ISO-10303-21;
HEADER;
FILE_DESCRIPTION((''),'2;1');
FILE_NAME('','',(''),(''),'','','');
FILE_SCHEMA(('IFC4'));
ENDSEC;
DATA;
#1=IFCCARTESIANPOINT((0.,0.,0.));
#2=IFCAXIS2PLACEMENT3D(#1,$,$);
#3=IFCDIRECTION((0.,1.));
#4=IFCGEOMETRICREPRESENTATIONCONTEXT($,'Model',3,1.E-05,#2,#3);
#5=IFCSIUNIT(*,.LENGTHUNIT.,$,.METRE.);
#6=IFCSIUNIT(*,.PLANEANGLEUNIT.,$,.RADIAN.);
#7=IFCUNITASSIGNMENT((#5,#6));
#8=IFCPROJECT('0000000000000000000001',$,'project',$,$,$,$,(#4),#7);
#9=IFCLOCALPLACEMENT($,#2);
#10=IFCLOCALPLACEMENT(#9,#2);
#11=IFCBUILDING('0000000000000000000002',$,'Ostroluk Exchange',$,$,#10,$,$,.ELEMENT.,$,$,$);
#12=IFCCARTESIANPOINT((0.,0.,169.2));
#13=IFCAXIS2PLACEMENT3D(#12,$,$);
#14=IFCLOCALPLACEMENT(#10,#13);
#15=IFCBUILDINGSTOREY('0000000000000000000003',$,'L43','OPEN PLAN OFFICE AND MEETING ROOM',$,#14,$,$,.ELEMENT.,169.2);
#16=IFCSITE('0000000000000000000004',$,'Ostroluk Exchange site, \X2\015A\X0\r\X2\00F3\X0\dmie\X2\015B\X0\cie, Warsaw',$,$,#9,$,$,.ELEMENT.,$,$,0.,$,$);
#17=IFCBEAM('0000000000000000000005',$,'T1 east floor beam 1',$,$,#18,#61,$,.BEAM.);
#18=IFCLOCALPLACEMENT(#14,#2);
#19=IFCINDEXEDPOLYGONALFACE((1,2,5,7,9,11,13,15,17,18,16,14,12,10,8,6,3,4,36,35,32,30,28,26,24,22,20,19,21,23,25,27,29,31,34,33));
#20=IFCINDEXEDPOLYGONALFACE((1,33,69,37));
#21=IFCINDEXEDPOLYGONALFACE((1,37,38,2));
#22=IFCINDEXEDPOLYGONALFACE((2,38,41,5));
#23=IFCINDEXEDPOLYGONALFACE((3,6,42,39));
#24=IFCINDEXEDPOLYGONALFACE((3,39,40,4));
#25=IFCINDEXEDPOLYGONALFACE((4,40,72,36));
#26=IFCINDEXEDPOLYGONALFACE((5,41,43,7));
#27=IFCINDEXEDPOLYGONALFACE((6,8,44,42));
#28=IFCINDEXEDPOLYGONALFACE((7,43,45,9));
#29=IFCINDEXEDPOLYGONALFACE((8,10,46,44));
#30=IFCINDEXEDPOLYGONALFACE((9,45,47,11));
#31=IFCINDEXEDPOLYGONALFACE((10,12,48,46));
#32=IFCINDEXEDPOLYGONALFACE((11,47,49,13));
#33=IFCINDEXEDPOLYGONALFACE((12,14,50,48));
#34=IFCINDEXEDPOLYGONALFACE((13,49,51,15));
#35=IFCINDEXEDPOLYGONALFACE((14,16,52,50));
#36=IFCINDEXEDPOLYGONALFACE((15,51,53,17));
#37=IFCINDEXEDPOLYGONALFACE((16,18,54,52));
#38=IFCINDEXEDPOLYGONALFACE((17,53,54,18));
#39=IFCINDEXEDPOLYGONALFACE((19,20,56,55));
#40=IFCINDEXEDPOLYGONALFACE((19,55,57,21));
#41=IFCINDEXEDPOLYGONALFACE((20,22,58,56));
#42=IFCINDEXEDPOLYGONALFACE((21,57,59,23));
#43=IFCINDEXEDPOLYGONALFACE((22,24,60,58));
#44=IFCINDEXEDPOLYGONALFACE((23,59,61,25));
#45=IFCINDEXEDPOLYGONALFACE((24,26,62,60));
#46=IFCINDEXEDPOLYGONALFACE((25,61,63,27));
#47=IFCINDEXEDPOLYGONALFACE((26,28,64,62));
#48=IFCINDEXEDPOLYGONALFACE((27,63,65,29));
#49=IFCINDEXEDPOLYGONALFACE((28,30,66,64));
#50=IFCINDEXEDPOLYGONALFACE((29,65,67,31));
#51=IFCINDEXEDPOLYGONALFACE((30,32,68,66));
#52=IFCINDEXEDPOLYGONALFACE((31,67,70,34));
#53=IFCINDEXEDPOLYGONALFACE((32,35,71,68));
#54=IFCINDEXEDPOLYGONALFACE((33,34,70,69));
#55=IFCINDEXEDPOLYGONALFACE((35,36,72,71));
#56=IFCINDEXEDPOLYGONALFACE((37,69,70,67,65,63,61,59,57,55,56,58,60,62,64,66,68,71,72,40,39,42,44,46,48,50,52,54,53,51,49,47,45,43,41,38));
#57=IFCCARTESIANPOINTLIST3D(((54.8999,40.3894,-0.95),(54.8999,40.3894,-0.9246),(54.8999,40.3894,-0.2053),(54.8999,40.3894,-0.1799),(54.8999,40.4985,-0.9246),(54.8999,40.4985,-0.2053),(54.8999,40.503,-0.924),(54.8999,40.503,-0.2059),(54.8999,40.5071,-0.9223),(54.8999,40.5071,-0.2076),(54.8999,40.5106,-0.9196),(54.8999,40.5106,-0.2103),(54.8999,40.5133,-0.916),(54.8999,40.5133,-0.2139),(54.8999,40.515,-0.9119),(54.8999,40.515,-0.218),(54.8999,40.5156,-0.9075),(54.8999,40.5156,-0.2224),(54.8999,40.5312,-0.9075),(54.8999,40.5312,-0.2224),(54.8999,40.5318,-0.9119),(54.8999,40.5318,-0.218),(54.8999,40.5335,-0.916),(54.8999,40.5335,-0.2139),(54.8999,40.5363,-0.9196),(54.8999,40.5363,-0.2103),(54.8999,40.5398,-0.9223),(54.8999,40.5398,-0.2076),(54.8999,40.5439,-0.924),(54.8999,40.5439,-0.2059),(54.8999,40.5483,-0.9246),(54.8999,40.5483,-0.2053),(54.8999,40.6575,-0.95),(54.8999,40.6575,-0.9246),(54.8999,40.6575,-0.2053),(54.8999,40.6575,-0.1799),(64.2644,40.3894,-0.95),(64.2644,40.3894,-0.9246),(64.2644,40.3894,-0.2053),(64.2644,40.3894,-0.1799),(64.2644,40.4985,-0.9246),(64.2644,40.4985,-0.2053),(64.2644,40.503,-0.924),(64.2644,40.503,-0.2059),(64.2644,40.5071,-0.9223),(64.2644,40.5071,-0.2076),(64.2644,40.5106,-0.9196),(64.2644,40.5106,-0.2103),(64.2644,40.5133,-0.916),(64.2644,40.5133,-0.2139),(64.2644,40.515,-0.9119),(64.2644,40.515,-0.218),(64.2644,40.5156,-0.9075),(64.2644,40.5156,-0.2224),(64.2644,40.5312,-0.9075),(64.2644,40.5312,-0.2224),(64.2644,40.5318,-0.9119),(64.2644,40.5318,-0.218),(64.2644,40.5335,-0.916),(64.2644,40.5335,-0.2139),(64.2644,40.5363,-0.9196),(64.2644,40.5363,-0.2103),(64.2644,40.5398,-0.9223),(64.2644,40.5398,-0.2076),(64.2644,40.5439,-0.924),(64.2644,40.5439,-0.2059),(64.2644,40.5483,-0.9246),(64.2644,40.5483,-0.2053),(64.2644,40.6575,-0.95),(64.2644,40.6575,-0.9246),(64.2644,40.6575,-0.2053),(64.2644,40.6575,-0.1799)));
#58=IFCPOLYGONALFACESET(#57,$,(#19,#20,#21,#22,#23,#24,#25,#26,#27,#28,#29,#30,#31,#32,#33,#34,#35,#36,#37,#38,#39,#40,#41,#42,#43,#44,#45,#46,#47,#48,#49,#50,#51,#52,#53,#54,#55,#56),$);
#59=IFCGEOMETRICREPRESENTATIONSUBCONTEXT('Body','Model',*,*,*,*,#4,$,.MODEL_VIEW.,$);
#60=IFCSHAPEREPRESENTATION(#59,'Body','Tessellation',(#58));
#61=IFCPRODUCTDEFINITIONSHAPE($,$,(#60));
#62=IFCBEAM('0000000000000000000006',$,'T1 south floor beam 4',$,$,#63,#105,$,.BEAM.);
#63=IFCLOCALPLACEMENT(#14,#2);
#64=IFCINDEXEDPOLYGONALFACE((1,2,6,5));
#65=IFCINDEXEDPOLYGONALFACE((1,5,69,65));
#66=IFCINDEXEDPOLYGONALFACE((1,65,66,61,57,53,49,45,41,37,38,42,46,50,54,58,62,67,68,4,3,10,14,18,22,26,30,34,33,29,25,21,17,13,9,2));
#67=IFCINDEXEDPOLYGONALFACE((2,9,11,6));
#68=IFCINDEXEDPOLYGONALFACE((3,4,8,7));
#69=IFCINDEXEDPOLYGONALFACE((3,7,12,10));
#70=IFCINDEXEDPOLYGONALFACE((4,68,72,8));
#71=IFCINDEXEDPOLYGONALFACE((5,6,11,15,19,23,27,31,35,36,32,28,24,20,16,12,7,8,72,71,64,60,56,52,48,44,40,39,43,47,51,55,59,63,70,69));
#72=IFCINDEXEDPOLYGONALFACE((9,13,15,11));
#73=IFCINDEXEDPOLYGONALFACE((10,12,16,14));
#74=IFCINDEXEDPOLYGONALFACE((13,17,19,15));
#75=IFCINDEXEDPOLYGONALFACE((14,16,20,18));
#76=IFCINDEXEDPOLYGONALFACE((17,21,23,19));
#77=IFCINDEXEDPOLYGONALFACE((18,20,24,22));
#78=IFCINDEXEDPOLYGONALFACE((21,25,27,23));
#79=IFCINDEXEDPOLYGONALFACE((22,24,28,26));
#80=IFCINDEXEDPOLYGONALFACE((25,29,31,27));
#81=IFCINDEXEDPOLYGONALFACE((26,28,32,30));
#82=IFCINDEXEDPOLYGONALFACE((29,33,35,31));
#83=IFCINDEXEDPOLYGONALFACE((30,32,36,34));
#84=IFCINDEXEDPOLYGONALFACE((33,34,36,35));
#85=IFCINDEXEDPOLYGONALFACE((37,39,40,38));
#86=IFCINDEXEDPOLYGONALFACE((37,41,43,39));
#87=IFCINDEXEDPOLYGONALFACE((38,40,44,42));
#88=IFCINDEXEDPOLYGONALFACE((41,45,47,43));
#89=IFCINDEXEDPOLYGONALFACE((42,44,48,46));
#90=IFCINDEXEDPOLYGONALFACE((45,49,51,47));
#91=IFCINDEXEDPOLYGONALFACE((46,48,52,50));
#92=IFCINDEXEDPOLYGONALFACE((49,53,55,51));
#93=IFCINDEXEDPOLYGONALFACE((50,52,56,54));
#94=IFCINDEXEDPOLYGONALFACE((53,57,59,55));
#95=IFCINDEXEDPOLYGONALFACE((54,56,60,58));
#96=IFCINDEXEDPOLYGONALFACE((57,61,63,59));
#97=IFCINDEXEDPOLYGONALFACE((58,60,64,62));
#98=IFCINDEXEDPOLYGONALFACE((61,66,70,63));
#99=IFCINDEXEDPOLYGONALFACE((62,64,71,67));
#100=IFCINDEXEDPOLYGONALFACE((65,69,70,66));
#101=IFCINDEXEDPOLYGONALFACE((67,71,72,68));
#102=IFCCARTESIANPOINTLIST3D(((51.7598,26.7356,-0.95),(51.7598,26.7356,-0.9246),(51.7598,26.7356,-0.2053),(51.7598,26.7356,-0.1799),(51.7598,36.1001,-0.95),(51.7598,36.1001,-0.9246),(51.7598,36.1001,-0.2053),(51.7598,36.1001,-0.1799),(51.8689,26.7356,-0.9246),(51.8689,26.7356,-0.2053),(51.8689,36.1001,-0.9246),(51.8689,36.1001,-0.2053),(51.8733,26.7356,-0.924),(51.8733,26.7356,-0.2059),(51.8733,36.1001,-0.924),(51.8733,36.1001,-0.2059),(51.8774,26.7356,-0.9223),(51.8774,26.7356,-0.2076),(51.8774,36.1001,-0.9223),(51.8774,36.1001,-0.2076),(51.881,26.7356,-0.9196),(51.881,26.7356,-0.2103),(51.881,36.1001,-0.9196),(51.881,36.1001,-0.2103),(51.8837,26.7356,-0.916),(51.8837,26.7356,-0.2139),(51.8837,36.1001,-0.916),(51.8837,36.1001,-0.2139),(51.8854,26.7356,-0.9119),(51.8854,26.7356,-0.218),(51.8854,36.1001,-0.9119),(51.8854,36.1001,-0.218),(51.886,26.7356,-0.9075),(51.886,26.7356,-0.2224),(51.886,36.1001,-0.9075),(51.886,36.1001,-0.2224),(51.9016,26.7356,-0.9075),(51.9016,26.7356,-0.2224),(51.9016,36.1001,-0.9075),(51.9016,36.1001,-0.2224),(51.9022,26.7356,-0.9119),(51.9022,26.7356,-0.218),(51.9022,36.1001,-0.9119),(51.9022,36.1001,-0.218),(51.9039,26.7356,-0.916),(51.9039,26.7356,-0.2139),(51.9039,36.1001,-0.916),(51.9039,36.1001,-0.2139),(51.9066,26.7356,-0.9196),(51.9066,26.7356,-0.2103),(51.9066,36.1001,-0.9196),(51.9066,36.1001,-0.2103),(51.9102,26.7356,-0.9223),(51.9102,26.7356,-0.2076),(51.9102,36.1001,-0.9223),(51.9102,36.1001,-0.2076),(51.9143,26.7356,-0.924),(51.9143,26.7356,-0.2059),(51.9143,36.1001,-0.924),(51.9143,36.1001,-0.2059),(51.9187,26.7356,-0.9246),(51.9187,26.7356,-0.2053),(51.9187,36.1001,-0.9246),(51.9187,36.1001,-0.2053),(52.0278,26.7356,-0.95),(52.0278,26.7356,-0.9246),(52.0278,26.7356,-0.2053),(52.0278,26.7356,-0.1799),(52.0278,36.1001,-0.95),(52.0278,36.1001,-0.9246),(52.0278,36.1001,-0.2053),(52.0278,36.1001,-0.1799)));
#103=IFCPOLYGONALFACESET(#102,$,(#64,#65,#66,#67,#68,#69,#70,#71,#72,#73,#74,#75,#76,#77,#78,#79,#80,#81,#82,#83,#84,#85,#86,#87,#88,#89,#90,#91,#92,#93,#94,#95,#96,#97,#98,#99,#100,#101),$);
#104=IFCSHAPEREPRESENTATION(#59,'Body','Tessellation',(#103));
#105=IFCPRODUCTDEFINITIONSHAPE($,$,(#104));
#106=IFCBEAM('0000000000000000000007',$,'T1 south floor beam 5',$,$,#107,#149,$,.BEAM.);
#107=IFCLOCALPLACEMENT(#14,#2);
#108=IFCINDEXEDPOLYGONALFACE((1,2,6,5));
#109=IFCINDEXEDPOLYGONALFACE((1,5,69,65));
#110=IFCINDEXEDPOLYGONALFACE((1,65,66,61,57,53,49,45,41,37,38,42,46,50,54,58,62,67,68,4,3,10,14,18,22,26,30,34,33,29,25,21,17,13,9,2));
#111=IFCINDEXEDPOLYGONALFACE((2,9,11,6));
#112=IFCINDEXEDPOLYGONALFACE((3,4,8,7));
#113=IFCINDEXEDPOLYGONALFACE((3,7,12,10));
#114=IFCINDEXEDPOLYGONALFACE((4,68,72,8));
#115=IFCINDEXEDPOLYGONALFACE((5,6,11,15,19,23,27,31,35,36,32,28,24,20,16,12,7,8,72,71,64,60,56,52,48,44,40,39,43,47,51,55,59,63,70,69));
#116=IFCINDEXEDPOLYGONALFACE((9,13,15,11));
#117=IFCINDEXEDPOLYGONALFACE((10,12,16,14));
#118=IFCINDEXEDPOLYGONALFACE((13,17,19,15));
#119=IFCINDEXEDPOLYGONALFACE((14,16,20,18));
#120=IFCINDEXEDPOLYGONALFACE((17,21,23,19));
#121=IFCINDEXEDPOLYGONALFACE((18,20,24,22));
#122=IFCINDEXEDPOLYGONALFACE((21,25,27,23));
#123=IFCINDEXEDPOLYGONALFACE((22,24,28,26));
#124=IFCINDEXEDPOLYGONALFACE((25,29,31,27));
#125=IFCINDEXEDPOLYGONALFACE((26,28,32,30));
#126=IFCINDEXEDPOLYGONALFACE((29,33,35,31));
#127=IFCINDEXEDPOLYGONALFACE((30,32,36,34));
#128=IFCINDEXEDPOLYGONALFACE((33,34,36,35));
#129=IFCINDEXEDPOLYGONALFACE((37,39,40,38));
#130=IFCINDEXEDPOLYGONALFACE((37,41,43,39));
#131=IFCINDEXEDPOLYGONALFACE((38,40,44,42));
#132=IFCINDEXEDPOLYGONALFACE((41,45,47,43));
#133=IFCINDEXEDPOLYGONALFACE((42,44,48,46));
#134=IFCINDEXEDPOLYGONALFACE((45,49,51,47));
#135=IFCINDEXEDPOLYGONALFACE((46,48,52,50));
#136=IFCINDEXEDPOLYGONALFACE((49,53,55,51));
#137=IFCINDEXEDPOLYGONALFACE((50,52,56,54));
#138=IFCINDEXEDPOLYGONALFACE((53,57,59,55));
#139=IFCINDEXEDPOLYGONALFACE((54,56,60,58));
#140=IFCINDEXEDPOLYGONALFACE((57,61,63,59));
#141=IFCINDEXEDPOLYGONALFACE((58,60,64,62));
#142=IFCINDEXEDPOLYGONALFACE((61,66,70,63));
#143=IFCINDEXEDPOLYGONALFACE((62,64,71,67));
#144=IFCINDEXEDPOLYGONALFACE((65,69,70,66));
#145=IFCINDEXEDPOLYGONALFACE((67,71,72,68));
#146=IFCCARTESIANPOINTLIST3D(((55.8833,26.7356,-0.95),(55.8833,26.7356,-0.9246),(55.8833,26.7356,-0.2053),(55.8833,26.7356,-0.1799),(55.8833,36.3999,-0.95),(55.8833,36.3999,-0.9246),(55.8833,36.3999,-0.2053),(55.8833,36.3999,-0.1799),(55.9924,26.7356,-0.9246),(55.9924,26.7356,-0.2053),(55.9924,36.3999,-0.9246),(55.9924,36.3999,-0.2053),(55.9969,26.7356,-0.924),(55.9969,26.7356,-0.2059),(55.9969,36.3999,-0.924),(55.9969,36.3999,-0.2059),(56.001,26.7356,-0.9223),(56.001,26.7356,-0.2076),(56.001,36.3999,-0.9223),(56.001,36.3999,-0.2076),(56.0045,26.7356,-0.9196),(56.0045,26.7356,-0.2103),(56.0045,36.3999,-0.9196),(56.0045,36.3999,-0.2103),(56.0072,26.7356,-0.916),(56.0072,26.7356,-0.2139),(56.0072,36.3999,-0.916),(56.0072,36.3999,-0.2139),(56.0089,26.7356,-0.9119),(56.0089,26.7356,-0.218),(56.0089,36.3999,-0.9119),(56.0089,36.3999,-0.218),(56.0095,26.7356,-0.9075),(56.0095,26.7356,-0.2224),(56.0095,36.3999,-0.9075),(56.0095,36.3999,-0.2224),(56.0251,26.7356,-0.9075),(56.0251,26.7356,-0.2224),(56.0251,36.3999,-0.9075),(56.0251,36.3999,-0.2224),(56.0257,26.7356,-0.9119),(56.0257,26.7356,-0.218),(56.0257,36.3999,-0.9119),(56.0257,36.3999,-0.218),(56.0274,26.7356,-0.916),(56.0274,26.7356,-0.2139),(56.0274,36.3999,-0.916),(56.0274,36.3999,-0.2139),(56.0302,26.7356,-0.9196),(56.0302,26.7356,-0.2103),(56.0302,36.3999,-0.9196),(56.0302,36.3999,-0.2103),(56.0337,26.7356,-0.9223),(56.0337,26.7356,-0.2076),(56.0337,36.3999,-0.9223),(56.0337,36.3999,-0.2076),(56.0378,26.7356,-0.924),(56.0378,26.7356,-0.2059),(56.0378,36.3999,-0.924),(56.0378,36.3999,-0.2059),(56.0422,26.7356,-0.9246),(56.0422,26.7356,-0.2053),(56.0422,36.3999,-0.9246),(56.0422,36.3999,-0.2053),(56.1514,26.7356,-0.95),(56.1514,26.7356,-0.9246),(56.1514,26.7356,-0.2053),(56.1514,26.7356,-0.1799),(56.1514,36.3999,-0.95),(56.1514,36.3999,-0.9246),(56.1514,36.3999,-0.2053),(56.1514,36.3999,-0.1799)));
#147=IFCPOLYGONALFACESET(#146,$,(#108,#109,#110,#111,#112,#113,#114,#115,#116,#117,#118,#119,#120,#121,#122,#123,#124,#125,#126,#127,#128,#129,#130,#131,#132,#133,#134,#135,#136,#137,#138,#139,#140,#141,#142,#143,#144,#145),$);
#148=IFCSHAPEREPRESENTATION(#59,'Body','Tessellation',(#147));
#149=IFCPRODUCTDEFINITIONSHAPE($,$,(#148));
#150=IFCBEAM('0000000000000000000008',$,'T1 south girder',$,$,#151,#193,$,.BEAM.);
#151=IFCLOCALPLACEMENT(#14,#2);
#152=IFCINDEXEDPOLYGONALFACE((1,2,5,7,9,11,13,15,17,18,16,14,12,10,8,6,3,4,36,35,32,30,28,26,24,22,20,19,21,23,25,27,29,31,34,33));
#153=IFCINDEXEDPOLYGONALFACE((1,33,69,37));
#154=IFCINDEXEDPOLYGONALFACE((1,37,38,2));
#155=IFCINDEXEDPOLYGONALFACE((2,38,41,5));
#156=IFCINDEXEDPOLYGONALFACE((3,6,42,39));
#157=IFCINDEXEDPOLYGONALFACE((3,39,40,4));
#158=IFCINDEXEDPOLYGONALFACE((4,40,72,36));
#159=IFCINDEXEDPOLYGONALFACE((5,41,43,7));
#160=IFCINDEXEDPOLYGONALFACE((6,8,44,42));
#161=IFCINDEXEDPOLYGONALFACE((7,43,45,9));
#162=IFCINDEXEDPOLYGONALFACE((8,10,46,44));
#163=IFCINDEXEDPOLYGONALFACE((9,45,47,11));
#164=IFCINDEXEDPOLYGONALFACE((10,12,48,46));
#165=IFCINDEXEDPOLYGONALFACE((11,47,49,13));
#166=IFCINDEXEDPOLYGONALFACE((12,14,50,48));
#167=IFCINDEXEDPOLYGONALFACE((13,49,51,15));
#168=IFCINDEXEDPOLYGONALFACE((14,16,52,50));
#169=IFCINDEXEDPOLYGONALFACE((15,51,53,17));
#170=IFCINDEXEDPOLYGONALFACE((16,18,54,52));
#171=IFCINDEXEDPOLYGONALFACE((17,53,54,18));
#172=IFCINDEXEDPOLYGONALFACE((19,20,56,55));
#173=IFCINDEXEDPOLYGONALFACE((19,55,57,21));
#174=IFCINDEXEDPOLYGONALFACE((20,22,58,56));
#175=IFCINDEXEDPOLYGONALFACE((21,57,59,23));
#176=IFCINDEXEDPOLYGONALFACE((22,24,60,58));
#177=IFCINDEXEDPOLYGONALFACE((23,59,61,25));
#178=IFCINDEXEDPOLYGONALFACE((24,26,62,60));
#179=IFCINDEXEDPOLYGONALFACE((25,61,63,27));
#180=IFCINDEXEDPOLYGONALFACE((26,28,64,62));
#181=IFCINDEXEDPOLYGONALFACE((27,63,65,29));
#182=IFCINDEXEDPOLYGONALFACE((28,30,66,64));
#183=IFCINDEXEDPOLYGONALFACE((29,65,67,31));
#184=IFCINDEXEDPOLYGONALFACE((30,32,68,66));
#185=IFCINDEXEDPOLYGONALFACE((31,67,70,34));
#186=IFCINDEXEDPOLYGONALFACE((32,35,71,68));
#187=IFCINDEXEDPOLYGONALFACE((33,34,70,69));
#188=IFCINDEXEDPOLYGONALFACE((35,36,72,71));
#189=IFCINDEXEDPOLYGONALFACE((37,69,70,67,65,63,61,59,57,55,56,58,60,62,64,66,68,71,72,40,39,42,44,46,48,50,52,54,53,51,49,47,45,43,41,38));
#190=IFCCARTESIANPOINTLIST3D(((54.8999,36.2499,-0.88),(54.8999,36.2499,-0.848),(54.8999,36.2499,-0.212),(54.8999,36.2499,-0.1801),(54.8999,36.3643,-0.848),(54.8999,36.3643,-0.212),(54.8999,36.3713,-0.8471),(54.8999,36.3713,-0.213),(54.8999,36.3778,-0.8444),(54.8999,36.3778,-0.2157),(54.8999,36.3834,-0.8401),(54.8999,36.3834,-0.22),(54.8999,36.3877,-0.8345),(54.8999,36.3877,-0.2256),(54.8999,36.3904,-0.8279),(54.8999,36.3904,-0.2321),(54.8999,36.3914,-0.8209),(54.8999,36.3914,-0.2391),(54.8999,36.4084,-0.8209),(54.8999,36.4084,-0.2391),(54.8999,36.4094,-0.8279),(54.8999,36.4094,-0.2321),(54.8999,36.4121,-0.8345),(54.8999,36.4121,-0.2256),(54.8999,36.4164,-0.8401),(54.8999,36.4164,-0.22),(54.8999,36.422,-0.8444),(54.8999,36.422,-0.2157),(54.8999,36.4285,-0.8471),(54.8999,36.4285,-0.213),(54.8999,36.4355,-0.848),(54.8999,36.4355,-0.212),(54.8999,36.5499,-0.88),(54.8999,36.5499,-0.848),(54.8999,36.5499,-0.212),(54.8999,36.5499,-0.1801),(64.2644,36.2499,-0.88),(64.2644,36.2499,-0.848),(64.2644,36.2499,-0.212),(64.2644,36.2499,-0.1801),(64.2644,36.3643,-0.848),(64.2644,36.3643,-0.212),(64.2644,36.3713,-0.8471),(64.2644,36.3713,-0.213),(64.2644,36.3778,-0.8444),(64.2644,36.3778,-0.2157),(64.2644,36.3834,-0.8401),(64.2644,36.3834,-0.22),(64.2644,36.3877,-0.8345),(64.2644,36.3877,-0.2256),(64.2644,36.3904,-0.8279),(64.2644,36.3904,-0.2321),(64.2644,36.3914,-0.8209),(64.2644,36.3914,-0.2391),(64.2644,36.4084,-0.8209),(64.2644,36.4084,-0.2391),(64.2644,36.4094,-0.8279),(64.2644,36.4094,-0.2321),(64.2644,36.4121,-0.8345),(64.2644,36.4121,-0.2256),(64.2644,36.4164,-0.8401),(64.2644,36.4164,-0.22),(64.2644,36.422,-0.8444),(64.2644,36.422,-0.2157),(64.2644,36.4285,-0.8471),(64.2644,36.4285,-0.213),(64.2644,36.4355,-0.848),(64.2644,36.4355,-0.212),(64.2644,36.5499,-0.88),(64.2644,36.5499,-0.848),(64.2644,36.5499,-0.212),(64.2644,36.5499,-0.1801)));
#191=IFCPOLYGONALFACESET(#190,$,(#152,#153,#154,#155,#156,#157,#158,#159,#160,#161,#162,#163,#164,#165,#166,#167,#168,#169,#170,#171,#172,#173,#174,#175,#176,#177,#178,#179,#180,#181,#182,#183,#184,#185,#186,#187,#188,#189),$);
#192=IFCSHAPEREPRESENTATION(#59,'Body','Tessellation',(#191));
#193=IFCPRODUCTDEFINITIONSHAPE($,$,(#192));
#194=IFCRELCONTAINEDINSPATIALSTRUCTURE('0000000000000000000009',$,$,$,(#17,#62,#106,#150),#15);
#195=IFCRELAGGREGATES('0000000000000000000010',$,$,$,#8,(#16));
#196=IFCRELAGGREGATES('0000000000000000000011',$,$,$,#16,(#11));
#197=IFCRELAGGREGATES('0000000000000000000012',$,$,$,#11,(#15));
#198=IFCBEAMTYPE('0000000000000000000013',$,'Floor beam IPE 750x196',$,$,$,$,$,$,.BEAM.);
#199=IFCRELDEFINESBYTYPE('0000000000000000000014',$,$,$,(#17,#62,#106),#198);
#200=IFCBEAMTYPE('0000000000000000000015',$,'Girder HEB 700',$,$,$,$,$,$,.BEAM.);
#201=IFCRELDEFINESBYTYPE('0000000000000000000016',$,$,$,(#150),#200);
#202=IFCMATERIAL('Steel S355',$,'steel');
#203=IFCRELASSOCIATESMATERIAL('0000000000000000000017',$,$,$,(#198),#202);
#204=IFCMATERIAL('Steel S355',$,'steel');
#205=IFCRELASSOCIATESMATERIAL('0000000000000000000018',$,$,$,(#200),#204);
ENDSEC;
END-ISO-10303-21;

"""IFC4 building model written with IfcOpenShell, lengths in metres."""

from ifc_helpers import new_model, si_unit, direction, frame, origin, origin_2d, place, context, subcontext, project, spatial, i_section, extrude, material, material_profile, profile_set, type_object, element, save


model = new_model("IFC4")

# Units and contexts
model_context = context("Model", 3, precision=1e-05, world=origin(), true_north=direction((0.0, 1.0)))
body_context = subcontext(model_context, "Body", "Model", "MODEL_VIEW")
ifc_project = project(units=[si_unit("LENGTHUNIT", "METRE"), si_unit("PLANEANGLEUNIT", "RADIAN")], contexts=[model_context])

# Site, building, storey
site_placement = place(None, origin())
site = spatial("IfcSite", under=ifc_project, at=site_placement, Name="Ostroluk Exchange site, Śródmieście, Warsaw", CompositionType="ELEMENT", RefElevation=0.0)
building_placement = place(site_placement, origin())
building = spatial("IfcBuilding", under=site, at=building_placement, Name="Ostroluk Exchange", CompositionType="ELEMENT")
storey_placement = place(building_placement, frame((0.0, 0.0, 169.2)))
storey = spatial("IfcBuildingStorey", under=building, at=storey_placement, Name="L43", Description="OPEN PLAN OFFICE AND MEETING ROOM", CompositionType="ELEMENT", Elevation=169.2)

# Beams
ifc_material_1 = material(Name="Steel S355", Category="steel")
ifc_material_profile_1 = material_profile(ifc_material_1, i_section(OverallWidth=0.2681, OverallDepth=0.77, WebThickness=0.0156, FlangeThickness=0.0254, FilletRadius=0.0171, at=origin_2d()), Name="IPE 750x196")
ifc_profile_set_1 = profile_set([ifc_material_profile_1], Name="Steel S355")
beam_type_1 = type_object("IfcBeamType", Name="Floor beam IPE 750x196", PredefinedType="BEAM", material=ifc_profile_set_1)
for number, where, z_axis, x_axis, name in (
    (1, (54.8999, 40.5234, -0.5649), (1.0, 0.0, 0.0), (0.0, 1.0, 0.0), "T1 east floor beam 1"),
    (2, (51.8938, 36.1001, -0.5649), (0.0, -1.0, 0.0), (1.0, 0.0, 0.0), "T1 south floor beam 4"),
):
    element("IfcBeam", number, at=place(storey_placement, frame(where, z_axis=z_axis, x_axis=x_axis)), inside=storey, type_object=beam_type_1, Name=name, PredefinedType="BEAM", context=body_context, shape_type="SweptSolid", body=[
        extrude(i_section(OverallWidth=0.2681, OverallDepth=0.77, WebThickness=0.0156, FlangeThickness=0.0254, FilletRadius=0.0171, at=origin_2d()), origin(), (0.0, 0.0, 1.0), 9.3645),
    ])
beam_1_placement = place(storey_placement, frame((56.0173, 36.3999, -0.5649), z_axis=(0.0, -1.0, 0.0), x_axis=(1.0, 0.0, 0.0)))
element("IfcBeam", 3, at=beam_1_placement, inside=storey, type_object=beam_type_1, Name="T1 south floor beam 5", PredefinedType="BEAM", context=body_context, shape_type="SweptSolid", body=[
    extrude(i_section(OverallWidth=0.2681, OverallDepth=0.77, WebThickness=0.0156, FlangeThickness=0.0254, FilletRadius=0.0171, at=origin_2d()), origin(), (0.0, 0.0, 1.0), 9.6643),
])
ifc_material_2 = material(Name="Steel S355", Category="steel")
ifc_material_profile_2 = material_profile(ifc_material_2, i_section(OverallWidth=0.3, OverallDepth=0.7, WebThickness=0.0171, FlangeThickness=0.032, FilletRadius=0.0271, at=origin_2d()), Name="HEB 700")
ifc_profile_set_2 = profile_set([ifc_material_profile_2], Name="Steel S355")
beam_type_2 = type_object("IfcBeamType", Name="Girder HEB 700", PredefinedType="BEAM", material=ifc_profile_set_2)
beam_2_placement = place(storey_placement, frame((54.8999, 36.3999, -0.53), z_axis=(1.0, 0.0, 0.0), x_axis=(0.0, 1.0, 0.0)))
element("IfcBeam", 4, at=beam_2_placement, inside=storey, type_object=beam_type_2, Name="T1 south girder", PredefinedType="BEAM", context=body_context, shape_type="SweptSolid", body=[
    extrude(i_section(OverallWidth=0.3, OverallDepth=0.7, WebThickness=0.0171, FlangeThickness=0.032, FilletRadius=0.0271, at=origin_2d()), origin(), (0.0, 0.0, 1.0), 9.3645),
])

save(model, "model.ifc")
